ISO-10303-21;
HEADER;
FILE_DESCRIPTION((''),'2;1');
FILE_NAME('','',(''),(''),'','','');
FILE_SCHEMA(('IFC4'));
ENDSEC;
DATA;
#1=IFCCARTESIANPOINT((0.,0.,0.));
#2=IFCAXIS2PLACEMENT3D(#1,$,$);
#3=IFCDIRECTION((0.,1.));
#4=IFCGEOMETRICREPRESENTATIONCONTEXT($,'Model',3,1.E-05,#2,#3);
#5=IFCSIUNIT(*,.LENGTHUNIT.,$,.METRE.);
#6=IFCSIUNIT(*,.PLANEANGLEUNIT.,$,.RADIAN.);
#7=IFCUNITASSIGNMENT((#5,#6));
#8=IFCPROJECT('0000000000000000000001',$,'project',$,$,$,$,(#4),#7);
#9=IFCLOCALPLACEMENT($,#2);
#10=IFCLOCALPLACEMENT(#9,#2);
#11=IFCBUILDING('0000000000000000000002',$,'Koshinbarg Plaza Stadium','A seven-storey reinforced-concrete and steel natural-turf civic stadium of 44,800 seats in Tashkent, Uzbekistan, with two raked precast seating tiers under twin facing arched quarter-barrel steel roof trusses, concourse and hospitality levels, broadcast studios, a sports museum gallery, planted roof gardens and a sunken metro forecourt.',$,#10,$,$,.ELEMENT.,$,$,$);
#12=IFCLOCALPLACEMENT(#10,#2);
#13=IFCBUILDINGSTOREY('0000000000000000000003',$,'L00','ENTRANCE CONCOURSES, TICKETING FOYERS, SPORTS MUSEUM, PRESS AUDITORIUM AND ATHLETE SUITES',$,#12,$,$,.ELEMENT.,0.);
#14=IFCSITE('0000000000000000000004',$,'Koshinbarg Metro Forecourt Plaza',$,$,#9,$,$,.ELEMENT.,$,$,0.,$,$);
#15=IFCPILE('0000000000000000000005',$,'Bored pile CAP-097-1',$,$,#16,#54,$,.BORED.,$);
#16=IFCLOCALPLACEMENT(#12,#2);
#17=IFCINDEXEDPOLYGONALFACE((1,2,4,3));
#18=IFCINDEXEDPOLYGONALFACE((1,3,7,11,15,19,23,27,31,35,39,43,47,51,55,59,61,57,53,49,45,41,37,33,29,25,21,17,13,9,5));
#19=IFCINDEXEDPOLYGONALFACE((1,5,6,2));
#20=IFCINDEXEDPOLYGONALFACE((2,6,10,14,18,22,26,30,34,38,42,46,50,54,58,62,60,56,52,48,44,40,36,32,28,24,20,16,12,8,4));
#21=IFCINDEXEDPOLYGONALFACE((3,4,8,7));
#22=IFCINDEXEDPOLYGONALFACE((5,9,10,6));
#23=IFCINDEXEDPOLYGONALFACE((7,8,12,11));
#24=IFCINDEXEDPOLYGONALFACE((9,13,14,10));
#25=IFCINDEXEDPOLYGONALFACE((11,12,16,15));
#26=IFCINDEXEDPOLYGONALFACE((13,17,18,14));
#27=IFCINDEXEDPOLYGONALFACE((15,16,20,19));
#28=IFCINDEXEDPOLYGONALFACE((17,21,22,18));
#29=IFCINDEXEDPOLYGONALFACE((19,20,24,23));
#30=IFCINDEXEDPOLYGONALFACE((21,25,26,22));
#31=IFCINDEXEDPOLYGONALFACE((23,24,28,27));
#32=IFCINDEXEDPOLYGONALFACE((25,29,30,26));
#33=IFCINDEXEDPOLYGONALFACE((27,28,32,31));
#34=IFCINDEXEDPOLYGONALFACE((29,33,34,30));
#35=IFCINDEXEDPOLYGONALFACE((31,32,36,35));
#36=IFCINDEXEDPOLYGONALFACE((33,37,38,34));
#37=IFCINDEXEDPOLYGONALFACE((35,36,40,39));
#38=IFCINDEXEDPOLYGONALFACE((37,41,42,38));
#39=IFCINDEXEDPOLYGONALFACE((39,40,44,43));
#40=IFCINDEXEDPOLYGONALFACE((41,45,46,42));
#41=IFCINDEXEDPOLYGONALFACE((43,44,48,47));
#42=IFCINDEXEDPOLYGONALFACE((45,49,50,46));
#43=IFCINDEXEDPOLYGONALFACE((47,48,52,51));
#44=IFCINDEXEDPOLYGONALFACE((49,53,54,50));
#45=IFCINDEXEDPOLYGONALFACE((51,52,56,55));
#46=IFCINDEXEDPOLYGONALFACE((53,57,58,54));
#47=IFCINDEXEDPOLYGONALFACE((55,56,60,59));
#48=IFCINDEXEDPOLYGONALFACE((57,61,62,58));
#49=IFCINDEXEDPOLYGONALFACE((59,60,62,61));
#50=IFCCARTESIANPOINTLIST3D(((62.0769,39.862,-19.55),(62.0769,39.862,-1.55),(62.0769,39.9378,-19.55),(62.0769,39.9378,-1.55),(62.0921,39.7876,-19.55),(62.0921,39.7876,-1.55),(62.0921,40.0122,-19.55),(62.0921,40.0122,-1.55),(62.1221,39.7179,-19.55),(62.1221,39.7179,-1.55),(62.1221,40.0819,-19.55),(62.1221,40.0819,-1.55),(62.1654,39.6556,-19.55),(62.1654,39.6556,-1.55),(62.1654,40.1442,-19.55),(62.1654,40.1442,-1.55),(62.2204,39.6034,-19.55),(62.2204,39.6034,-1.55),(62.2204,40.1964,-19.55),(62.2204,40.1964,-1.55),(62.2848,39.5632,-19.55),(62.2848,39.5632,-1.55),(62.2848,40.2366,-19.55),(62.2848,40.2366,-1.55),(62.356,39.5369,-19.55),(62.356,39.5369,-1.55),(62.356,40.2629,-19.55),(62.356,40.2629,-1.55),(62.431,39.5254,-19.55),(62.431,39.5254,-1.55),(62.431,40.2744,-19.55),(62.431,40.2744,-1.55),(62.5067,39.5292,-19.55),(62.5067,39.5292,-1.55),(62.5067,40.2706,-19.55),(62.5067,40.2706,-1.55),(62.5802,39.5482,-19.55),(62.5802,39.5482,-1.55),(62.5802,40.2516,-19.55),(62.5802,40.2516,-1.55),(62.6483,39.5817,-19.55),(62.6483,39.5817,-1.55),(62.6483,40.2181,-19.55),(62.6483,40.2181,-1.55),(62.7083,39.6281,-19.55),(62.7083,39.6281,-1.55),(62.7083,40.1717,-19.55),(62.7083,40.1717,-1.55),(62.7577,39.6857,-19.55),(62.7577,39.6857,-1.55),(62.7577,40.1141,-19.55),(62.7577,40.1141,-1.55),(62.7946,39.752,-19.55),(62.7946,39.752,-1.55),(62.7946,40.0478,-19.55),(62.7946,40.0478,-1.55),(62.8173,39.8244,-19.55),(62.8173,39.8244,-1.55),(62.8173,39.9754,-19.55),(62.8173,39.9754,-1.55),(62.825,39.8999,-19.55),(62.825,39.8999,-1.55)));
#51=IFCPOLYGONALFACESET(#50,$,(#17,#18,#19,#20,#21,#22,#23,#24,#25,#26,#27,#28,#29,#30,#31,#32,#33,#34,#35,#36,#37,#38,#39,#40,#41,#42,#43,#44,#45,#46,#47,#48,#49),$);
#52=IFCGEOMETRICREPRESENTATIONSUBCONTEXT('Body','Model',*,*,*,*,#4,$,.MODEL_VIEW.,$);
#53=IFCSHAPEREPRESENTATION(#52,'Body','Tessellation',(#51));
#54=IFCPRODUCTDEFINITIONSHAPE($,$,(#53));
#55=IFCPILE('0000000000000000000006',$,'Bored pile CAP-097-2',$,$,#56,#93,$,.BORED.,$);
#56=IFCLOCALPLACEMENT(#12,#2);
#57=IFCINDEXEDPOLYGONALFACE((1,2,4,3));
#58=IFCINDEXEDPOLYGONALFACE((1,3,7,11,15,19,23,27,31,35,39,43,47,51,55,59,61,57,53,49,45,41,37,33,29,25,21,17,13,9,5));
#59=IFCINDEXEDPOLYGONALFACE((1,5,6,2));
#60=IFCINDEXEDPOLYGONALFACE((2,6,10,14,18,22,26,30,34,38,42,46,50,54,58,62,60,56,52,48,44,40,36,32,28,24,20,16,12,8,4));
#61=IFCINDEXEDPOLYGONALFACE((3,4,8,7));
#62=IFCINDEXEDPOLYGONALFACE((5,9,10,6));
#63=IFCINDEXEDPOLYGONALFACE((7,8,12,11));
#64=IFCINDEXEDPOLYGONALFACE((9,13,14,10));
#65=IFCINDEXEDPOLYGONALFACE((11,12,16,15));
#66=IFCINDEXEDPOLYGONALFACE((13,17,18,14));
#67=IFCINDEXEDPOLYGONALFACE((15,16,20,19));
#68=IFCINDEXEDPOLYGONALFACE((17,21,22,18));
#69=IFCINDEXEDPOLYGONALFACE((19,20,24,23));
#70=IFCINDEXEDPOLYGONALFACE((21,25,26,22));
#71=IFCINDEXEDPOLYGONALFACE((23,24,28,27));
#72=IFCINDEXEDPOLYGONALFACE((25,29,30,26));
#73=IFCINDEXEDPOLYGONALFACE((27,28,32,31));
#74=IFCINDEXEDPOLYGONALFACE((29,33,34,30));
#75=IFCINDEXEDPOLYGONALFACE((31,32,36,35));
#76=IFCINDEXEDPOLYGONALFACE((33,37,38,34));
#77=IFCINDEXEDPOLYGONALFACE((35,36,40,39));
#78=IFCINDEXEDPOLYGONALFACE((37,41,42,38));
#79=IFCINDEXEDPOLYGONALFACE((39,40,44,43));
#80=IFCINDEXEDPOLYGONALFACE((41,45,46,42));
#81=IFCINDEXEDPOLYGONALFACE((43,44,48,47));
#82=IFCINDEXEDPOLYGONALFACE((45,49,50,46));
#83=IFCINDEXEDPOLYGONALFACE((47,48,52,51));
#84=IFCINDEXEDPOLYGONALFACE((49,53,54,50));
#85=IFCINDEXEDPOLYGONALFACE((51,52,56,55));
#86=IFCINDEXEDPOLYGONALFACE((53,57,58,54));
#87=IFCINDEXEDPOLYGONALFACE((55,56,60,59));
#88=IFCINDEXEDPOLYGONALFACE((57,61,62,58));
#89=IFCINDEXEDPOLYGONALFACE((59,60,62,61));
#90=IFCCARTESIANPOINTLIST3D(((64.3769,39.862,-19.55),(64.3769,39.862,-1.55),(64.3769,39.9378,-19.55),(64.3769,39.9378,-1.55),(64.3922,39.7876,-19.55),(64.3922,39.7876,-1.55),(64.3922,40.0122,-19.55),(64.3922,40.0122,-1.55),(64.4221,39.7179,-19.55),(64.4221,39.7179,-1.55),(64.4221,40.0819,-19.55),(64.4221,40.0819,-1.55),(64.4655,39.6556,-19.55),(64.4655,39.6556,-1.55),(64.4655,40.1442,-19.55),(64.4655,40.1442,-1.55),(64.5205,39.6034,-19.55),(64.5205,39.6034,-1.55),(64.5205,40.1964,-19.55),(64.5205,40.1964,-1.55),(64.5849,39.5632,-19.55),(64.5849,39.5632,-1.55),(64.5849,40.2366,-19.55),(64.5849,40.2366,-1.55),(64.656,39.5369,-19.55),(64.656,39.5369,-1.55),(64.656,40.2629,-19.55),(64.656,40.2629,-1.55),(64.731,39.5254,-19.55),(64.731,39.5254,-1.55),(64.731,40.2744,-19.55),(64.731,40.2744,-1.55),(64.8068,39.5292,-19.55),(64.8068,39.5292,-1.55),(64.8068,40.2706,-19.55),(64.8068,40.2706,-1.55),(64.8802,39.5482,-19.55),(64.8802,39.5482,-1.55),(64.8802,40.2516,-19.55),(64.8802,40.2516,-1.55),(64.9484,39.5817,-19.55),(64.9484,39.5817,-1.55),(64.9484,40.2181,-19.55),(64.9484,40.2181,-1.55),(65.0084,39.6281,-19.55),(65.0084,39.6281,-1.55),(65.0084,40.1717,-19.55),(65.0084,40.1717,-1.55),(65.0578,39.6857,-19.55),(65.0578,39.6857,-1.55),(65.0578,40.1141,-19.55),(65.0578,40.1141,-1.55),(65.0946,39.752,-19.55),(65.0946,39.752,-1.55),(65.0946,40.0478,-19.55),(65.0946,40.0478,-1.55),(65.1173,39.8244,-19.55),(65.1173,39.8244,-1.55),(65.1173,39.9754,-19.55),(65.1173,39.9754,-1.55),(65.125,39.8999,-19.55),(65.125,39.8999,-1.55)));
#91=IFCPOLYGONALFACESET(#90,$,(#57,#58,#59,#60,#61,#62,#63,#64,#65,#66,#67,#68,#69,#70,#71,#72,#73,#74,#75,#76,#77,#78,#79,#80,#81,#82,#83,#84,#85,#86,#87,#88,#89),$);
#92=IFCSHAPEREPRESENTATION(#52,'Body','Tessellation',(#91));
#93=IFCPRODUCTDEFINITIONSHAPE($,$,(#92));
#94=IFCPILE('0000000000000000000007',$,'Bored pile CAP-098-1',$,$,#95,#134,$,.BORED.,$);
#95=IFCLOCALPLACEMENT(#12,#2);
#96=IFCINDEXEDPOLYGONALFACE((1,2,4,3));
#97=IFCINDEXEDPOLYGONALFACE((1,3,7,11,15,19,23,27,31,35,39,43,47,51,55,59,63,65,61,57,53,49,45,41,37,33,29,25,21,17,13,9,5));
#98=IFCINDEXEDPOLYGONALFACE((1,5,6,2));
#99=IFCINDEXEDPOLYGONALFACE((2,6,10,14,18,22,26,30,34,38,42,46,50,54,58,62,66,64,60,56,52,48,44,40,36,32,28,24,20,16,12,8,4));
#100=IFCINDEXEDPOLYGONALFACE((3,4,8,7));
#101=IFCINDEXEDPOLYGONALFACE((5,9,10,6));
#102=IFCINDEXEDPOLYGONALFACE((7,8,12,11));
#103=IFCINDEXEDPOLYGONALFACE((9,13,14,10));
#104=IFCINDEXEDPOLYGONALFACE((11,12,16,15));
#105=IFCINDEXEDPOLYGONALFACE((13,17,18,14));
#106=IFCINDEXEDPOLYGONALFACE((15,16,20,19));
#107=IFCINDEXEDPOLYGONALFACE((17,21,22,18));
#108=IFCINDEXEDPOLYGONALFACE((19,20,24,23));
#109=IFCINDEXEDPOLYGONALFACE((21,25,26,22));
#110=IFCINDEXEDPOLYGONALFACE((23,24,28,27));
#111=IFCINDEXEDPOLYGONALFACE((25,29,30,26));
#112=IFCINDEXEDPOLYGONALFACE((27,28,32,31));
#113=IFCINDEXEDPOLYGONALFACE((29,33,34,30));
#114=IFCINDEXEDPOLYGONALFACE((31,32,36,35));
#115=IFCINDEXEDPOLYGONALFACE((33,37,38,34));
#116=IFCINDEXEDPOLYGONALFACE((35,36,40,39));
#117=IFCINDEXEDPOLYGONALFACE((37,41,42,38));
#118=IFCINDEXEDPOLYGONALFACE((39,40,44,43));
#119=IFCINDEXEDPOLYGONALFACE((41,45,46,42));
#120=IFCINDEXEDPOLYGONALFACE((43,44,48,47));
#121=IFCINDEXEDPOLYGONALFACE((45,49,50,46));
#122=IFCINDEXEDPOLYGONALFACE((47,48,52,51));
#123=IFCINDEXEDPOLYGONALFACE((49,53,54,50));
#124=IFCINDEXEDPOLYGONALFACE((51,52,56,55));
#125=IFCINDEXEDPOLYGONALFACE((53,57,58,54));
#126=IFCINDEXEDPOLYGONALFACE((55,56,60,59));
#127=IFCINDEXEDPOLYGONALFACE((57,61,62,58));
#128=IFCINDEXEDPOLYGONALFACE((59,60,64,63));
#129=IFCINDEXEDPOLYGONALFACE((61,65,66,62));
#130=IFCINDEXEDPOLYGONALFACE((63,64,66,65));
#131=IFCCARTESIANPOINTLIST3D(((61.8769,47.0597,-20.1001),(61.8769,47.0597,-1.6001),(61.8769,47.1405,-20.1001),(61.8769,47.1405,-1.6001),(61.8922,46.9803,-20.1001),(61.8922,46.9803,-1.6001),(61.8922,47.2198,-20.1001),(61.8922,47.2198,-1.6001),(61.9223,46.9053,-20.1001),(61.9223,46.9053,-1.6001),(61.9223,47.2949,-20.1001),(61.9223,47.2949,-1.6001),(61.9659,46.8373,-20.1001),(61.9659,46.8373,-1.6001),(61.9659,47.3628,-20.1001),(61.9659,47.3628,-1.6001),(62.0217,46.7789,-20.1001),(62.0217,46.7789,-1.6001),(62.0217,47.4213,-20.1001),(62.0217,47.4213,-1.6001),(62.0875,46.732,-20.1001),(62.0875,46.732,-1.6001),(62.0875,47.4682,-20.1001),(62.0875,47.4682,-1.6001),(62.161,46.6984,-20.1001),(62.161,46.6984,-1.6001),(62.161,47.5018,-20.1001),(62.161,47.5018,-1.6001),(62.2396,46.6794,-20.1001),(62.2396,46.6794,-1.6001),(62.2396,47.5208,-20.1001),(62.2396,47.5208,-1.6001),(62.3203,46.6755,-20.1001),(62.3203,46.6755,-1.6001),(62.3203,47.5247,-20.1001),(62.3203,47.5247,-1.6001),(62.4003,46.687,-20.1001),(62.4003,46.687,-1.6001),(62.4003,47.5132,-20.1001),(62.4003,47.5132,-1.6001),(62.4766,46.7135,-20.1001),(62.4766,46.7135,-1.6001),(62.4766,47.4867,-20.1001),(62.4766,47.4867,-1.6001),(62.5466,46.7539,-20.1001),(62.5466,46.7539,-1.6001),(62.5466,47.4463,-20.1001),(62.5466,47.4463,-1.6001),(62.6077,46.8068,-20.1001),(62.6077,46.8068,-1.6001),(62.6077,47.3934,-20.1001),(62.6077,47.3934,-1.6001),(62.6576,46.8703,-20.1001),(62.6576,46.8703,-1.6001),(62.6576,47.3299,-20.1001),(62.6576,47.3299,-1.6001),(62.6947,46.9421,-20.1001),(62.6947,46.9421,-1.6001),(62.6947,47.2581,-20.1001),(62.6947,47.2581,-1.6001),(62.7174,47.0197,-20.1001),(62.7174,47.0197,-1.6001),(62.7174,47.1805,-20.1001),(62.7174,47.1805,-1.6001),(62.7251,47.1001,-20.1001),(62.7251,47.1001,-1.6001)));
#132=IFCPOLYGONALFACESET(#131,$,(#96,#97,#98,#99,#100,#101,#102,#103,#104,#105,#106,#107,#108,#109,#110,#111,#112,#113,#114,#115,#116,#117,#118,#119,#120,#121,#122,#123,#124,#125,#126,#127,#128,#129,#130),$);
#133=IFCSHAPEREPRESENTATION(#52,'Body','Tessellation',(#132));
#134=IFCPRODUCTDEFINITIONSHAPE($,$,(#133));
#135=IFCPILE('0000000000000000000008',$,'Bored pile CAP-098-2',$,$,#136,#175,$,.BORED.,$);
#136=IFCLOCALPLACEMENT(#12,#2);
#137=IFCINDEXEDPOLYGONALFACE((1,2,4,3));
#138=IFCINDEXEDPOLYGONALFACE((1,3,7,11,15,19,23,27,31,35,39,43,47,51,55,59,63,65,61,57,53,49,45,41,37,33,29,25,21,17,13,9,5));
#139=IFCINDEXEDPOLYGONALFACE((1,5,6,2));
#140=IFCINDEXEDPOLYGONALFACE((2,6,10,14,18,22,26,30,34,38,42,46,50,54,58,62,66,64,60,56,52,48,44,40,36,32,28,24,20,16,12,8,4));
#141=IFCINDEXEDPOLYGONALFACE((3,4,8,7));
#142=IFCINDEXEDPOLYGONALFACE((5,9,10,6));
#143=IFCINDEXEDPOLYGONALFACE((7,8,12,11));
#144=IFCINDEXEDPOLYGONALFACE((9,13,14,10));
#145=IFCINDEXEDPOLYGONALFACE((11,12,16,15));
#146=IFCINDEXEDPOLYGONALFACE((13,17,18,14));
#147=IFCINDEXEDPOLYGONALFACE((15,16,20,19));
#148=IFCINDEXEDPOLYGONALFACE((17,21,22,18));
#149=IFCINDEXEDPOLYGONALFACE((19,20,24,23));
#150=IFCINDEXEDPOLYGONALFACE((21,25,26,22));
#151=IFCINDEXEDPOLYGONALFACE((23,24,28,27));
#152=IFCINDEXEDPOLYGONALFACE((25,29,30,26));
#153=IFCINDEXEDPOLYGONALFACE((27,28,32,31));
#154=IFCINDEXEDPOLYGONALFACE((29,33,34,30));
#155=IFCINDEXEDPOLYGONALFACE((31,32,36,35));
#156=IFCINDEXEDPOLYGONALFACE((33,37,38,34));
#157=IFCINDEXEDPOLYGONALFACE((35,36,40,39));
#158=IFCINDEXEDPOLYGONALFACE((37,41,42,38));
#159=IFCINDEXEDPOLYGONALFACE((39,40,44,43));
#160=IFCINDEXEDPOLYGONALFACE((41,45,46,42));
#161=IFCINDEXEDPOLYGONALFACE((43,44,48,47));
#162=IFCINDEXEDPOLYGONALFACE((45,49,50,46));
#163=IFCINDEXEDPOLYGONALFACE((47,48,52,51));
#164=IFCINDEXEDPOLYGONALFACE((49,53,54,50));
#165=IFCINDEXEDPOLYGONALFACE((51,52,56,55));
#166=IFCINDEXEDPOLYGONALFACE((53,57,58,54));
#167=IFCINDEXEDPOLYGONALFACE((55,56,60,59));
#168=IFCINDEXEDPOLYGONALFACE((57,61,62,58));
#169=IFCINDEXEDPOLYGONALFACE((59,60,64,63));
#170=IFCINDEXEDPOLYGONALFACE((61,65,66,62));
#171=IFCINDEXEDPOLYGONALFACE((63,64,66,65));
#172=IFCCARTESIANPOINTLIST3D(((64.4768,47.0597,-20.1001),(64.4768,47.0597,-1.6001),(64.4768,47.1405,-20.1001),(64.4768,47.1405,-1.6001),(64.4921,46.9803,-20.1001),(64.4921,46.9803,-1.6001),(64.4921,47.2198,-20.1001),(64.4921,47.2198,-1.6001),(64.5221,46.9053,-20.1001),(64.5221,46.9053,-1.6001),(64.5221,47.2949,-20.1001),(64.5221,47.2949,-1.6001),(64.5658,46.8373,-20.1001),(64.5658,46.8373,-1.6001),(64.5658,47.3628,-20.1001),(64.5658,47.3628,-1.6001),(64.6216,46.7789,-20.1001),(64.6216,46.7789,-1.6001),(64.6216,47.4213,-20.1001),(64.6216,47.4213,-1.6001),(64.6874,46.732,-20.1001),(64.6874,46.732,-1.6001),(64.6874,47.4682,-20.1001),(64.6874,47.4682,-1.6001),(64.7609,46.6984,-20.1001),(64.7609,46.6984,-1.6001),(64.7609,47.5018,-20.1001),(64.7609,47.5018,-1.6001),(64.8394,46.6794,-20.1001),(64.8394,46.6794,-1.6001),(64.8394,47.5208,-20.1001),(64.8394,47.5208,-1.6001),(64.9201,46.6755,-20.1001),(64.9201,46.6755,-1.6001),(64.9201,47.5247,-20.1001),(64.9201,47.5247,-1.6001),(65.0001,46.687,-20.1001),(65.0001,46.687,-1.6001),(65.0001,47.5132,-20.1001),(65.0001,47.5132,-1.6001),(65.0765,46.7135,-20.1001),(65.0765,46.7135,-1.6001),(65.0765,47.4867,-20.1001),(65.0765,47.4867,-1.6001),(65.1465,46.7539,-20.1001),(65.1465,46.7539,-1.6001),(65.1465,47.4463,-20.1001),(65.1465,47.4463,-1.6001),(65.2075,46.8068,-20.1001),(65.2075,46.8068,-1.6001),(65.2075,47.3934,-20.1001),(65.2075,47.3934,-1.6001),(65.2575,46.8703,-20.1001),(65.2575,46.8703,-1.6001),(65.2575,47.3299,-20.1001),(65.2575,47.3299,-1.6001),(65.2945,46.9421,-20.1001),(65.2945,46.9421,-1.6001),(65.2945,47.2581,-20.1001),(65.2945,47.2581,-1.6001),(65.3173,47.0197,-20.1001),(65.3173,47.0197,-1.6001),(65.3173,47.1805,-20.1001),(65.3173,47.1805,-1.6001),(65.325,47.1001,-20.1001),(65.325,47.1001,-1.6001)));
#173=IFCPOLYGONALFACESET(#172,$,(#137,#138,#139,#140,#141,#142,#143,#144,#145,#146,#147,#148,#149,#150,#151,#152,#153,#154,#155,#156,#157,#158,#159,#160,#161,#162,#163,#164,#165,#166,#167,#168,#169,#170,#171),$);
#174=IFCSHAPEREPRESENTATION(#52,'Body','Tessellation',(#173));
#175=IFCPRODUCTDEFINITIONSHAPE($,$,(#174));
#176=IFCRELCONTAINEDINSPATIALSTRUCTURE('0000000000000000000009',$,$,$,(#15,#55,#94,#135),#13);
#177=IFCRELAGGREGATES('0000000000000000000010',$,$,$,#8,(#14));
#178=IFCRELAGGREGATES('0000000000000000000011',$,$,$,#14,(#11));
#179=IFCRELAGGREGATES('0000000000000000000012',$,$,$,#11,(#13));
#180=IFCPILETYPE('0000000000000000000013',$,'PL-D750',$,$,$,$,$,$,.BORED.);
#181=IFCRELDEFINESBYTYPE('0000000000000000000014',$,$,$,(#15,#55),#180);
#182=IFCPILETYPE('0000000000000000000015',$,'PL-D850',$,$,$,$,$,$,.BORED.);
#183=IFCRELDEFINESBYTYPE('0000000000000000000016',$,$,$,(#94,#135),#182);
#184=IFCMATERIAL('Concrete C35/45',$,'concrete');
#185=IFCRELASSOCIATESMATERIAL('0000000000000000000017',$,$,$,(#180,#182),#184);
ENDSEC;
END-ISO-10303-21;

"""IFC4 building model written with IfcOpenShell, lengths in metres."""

from ifc_helpers import new_model, si_unit, direction, frame, origin, origin_2d, place, context, subcontext, project, spatial, circle, extrude, material, material_profile, profile_set, type_object, element, save


model = new_model("IFC4")

# Units and contexts
model_context = context("Model", 3, precision=1e-05, world=origin(), true_north=direction((0.0, 1.0)))
body_context = subcontext(model_context, "Body", "Model", "MODEL_VIEW")
ifc_project = project(units=[si_unit("LENGTHUNIT", "METRE"), si_unit("PLANEANGLEUNIT", "RADIAN")], contexts=[model_context])

# Site, building, storey
site_placement = place(None, origin())
site = spatial("IfcSite", under=ifc_project, at=site_placement, Name="Koshinbarg Metro Forecourt Plaza", CompositionType="ELEMENT", RefElevation=0.0)
building_placement = place(site_placement, origin())
building = spatial("IfcBuilding", under=site, at=building_placement, Name="Koshinbarg Plaza Stadium", Description="A seven-storey reinforced-concrete and steel natural-turf civic stadium of 44,800 seats in Tashkent, Uzbekistan, with two raked precast seating tiers under twin facing arched quarter-barrel steel roof trusses, concourse and hospitality levels, broadcast studios, a sports museum gallery, planted roof gardens and a sunken metro forecourt.", CompositionType="ELEMENT")
storey_placement = place(building_placement, origin())
storey = spatial("IfcBuildingStorey", under=building, at=storey_placement, Name="L00", Description="ENTRANCE CONCOURSES, TICKETING FOYERS, SPORTS MUSEUM, PRESS AUDITORIUM AND ATHLETE SUITES", CompositionType="ELEMENT", Elevation=0.0)

# Shared definitions
ifc_material_1 = material(Name="Concrete C35/45", Category="concrete")

# Piles
ifc_material_profile_1 = material_profile(ifc_material_1, circle(Radius=0.375, at=origin_2d()), Name="PILE D750")
ifc_profile_set_1 = profile_set([ifc_material_profile_1], Name="Concrete C35/45")
pile_type_1 = type_object("IfcPileType", Name="PL-D750", PredefinedType="BORED", material=ifc_profile_set_1)
for number, where, z_axis, x_axis, name in (
    (1, (62.45, 39.8999, -1.55), (0.0, 0.0, -1.0), (1.0, 0.0, 0.0), "Bored pile CAP-097-1"),
    (2, (64.75, 39.8999, -1.55), (0.0, 0.0, -1.0), (1.0, 0.0, 0.0), "Bored pile CAP-097-2"),
):
    element("IfcPile", number, at=place(storey_placement, frame(where, z_axis=z_axis, x_axis=x_axis)), inside=storey, type_object=pile_type_1, Name=name, PredefinedType="BORED", context=body_context, shape_type="SweptSolid", body=[
        extrude(circle(Radius=0.375, at=origin_2d()), origin(), (0.0, 0.0, 1.0), 18.0),
    ])
ifc_material_profile_2 = material_profile(ifc_material_1, circle(Radius=0.425, at=origin_2d()), Name="PILE D850")
ifc_profile_set_2 = profile_set([ifc_material_profile_2], Name="Concrete C35/45")
pile_type_2 = type_object("IfcPileType", Name="PL-D850", PredefinedType="BORED", material=ifc_profile_set_2)
for number, where, z_axis, x_axis, name in (
    (3, (62.3, 47.1001, -1.6001), (0.0, 0.0, -1.0), (1.0, 0.0, 0.0), "Bored pile CAP-098-1"),
    (4, (64.8999, 47.1001, -1.6001), (0.0, 0.0, -1.0), (1.0, 0.0, 0.0), "Bored pile CAP-098-2"),
):
    element("IfcPile", number, at=place(storey_placement, frame(where, z_axis=z_axis, x_axis=x_axis)), inside=storey, type_object=pile_type_2, Name=name, PredefinedType="BORED", context=body_context, shape_type="SweptSolid", body=[
        extrude(circle(Radius=0.425, at=origin_2d()), origin(), (0.0, 0.0, 1.0), 18.5),
    ])

save(model, "model.ifc")
